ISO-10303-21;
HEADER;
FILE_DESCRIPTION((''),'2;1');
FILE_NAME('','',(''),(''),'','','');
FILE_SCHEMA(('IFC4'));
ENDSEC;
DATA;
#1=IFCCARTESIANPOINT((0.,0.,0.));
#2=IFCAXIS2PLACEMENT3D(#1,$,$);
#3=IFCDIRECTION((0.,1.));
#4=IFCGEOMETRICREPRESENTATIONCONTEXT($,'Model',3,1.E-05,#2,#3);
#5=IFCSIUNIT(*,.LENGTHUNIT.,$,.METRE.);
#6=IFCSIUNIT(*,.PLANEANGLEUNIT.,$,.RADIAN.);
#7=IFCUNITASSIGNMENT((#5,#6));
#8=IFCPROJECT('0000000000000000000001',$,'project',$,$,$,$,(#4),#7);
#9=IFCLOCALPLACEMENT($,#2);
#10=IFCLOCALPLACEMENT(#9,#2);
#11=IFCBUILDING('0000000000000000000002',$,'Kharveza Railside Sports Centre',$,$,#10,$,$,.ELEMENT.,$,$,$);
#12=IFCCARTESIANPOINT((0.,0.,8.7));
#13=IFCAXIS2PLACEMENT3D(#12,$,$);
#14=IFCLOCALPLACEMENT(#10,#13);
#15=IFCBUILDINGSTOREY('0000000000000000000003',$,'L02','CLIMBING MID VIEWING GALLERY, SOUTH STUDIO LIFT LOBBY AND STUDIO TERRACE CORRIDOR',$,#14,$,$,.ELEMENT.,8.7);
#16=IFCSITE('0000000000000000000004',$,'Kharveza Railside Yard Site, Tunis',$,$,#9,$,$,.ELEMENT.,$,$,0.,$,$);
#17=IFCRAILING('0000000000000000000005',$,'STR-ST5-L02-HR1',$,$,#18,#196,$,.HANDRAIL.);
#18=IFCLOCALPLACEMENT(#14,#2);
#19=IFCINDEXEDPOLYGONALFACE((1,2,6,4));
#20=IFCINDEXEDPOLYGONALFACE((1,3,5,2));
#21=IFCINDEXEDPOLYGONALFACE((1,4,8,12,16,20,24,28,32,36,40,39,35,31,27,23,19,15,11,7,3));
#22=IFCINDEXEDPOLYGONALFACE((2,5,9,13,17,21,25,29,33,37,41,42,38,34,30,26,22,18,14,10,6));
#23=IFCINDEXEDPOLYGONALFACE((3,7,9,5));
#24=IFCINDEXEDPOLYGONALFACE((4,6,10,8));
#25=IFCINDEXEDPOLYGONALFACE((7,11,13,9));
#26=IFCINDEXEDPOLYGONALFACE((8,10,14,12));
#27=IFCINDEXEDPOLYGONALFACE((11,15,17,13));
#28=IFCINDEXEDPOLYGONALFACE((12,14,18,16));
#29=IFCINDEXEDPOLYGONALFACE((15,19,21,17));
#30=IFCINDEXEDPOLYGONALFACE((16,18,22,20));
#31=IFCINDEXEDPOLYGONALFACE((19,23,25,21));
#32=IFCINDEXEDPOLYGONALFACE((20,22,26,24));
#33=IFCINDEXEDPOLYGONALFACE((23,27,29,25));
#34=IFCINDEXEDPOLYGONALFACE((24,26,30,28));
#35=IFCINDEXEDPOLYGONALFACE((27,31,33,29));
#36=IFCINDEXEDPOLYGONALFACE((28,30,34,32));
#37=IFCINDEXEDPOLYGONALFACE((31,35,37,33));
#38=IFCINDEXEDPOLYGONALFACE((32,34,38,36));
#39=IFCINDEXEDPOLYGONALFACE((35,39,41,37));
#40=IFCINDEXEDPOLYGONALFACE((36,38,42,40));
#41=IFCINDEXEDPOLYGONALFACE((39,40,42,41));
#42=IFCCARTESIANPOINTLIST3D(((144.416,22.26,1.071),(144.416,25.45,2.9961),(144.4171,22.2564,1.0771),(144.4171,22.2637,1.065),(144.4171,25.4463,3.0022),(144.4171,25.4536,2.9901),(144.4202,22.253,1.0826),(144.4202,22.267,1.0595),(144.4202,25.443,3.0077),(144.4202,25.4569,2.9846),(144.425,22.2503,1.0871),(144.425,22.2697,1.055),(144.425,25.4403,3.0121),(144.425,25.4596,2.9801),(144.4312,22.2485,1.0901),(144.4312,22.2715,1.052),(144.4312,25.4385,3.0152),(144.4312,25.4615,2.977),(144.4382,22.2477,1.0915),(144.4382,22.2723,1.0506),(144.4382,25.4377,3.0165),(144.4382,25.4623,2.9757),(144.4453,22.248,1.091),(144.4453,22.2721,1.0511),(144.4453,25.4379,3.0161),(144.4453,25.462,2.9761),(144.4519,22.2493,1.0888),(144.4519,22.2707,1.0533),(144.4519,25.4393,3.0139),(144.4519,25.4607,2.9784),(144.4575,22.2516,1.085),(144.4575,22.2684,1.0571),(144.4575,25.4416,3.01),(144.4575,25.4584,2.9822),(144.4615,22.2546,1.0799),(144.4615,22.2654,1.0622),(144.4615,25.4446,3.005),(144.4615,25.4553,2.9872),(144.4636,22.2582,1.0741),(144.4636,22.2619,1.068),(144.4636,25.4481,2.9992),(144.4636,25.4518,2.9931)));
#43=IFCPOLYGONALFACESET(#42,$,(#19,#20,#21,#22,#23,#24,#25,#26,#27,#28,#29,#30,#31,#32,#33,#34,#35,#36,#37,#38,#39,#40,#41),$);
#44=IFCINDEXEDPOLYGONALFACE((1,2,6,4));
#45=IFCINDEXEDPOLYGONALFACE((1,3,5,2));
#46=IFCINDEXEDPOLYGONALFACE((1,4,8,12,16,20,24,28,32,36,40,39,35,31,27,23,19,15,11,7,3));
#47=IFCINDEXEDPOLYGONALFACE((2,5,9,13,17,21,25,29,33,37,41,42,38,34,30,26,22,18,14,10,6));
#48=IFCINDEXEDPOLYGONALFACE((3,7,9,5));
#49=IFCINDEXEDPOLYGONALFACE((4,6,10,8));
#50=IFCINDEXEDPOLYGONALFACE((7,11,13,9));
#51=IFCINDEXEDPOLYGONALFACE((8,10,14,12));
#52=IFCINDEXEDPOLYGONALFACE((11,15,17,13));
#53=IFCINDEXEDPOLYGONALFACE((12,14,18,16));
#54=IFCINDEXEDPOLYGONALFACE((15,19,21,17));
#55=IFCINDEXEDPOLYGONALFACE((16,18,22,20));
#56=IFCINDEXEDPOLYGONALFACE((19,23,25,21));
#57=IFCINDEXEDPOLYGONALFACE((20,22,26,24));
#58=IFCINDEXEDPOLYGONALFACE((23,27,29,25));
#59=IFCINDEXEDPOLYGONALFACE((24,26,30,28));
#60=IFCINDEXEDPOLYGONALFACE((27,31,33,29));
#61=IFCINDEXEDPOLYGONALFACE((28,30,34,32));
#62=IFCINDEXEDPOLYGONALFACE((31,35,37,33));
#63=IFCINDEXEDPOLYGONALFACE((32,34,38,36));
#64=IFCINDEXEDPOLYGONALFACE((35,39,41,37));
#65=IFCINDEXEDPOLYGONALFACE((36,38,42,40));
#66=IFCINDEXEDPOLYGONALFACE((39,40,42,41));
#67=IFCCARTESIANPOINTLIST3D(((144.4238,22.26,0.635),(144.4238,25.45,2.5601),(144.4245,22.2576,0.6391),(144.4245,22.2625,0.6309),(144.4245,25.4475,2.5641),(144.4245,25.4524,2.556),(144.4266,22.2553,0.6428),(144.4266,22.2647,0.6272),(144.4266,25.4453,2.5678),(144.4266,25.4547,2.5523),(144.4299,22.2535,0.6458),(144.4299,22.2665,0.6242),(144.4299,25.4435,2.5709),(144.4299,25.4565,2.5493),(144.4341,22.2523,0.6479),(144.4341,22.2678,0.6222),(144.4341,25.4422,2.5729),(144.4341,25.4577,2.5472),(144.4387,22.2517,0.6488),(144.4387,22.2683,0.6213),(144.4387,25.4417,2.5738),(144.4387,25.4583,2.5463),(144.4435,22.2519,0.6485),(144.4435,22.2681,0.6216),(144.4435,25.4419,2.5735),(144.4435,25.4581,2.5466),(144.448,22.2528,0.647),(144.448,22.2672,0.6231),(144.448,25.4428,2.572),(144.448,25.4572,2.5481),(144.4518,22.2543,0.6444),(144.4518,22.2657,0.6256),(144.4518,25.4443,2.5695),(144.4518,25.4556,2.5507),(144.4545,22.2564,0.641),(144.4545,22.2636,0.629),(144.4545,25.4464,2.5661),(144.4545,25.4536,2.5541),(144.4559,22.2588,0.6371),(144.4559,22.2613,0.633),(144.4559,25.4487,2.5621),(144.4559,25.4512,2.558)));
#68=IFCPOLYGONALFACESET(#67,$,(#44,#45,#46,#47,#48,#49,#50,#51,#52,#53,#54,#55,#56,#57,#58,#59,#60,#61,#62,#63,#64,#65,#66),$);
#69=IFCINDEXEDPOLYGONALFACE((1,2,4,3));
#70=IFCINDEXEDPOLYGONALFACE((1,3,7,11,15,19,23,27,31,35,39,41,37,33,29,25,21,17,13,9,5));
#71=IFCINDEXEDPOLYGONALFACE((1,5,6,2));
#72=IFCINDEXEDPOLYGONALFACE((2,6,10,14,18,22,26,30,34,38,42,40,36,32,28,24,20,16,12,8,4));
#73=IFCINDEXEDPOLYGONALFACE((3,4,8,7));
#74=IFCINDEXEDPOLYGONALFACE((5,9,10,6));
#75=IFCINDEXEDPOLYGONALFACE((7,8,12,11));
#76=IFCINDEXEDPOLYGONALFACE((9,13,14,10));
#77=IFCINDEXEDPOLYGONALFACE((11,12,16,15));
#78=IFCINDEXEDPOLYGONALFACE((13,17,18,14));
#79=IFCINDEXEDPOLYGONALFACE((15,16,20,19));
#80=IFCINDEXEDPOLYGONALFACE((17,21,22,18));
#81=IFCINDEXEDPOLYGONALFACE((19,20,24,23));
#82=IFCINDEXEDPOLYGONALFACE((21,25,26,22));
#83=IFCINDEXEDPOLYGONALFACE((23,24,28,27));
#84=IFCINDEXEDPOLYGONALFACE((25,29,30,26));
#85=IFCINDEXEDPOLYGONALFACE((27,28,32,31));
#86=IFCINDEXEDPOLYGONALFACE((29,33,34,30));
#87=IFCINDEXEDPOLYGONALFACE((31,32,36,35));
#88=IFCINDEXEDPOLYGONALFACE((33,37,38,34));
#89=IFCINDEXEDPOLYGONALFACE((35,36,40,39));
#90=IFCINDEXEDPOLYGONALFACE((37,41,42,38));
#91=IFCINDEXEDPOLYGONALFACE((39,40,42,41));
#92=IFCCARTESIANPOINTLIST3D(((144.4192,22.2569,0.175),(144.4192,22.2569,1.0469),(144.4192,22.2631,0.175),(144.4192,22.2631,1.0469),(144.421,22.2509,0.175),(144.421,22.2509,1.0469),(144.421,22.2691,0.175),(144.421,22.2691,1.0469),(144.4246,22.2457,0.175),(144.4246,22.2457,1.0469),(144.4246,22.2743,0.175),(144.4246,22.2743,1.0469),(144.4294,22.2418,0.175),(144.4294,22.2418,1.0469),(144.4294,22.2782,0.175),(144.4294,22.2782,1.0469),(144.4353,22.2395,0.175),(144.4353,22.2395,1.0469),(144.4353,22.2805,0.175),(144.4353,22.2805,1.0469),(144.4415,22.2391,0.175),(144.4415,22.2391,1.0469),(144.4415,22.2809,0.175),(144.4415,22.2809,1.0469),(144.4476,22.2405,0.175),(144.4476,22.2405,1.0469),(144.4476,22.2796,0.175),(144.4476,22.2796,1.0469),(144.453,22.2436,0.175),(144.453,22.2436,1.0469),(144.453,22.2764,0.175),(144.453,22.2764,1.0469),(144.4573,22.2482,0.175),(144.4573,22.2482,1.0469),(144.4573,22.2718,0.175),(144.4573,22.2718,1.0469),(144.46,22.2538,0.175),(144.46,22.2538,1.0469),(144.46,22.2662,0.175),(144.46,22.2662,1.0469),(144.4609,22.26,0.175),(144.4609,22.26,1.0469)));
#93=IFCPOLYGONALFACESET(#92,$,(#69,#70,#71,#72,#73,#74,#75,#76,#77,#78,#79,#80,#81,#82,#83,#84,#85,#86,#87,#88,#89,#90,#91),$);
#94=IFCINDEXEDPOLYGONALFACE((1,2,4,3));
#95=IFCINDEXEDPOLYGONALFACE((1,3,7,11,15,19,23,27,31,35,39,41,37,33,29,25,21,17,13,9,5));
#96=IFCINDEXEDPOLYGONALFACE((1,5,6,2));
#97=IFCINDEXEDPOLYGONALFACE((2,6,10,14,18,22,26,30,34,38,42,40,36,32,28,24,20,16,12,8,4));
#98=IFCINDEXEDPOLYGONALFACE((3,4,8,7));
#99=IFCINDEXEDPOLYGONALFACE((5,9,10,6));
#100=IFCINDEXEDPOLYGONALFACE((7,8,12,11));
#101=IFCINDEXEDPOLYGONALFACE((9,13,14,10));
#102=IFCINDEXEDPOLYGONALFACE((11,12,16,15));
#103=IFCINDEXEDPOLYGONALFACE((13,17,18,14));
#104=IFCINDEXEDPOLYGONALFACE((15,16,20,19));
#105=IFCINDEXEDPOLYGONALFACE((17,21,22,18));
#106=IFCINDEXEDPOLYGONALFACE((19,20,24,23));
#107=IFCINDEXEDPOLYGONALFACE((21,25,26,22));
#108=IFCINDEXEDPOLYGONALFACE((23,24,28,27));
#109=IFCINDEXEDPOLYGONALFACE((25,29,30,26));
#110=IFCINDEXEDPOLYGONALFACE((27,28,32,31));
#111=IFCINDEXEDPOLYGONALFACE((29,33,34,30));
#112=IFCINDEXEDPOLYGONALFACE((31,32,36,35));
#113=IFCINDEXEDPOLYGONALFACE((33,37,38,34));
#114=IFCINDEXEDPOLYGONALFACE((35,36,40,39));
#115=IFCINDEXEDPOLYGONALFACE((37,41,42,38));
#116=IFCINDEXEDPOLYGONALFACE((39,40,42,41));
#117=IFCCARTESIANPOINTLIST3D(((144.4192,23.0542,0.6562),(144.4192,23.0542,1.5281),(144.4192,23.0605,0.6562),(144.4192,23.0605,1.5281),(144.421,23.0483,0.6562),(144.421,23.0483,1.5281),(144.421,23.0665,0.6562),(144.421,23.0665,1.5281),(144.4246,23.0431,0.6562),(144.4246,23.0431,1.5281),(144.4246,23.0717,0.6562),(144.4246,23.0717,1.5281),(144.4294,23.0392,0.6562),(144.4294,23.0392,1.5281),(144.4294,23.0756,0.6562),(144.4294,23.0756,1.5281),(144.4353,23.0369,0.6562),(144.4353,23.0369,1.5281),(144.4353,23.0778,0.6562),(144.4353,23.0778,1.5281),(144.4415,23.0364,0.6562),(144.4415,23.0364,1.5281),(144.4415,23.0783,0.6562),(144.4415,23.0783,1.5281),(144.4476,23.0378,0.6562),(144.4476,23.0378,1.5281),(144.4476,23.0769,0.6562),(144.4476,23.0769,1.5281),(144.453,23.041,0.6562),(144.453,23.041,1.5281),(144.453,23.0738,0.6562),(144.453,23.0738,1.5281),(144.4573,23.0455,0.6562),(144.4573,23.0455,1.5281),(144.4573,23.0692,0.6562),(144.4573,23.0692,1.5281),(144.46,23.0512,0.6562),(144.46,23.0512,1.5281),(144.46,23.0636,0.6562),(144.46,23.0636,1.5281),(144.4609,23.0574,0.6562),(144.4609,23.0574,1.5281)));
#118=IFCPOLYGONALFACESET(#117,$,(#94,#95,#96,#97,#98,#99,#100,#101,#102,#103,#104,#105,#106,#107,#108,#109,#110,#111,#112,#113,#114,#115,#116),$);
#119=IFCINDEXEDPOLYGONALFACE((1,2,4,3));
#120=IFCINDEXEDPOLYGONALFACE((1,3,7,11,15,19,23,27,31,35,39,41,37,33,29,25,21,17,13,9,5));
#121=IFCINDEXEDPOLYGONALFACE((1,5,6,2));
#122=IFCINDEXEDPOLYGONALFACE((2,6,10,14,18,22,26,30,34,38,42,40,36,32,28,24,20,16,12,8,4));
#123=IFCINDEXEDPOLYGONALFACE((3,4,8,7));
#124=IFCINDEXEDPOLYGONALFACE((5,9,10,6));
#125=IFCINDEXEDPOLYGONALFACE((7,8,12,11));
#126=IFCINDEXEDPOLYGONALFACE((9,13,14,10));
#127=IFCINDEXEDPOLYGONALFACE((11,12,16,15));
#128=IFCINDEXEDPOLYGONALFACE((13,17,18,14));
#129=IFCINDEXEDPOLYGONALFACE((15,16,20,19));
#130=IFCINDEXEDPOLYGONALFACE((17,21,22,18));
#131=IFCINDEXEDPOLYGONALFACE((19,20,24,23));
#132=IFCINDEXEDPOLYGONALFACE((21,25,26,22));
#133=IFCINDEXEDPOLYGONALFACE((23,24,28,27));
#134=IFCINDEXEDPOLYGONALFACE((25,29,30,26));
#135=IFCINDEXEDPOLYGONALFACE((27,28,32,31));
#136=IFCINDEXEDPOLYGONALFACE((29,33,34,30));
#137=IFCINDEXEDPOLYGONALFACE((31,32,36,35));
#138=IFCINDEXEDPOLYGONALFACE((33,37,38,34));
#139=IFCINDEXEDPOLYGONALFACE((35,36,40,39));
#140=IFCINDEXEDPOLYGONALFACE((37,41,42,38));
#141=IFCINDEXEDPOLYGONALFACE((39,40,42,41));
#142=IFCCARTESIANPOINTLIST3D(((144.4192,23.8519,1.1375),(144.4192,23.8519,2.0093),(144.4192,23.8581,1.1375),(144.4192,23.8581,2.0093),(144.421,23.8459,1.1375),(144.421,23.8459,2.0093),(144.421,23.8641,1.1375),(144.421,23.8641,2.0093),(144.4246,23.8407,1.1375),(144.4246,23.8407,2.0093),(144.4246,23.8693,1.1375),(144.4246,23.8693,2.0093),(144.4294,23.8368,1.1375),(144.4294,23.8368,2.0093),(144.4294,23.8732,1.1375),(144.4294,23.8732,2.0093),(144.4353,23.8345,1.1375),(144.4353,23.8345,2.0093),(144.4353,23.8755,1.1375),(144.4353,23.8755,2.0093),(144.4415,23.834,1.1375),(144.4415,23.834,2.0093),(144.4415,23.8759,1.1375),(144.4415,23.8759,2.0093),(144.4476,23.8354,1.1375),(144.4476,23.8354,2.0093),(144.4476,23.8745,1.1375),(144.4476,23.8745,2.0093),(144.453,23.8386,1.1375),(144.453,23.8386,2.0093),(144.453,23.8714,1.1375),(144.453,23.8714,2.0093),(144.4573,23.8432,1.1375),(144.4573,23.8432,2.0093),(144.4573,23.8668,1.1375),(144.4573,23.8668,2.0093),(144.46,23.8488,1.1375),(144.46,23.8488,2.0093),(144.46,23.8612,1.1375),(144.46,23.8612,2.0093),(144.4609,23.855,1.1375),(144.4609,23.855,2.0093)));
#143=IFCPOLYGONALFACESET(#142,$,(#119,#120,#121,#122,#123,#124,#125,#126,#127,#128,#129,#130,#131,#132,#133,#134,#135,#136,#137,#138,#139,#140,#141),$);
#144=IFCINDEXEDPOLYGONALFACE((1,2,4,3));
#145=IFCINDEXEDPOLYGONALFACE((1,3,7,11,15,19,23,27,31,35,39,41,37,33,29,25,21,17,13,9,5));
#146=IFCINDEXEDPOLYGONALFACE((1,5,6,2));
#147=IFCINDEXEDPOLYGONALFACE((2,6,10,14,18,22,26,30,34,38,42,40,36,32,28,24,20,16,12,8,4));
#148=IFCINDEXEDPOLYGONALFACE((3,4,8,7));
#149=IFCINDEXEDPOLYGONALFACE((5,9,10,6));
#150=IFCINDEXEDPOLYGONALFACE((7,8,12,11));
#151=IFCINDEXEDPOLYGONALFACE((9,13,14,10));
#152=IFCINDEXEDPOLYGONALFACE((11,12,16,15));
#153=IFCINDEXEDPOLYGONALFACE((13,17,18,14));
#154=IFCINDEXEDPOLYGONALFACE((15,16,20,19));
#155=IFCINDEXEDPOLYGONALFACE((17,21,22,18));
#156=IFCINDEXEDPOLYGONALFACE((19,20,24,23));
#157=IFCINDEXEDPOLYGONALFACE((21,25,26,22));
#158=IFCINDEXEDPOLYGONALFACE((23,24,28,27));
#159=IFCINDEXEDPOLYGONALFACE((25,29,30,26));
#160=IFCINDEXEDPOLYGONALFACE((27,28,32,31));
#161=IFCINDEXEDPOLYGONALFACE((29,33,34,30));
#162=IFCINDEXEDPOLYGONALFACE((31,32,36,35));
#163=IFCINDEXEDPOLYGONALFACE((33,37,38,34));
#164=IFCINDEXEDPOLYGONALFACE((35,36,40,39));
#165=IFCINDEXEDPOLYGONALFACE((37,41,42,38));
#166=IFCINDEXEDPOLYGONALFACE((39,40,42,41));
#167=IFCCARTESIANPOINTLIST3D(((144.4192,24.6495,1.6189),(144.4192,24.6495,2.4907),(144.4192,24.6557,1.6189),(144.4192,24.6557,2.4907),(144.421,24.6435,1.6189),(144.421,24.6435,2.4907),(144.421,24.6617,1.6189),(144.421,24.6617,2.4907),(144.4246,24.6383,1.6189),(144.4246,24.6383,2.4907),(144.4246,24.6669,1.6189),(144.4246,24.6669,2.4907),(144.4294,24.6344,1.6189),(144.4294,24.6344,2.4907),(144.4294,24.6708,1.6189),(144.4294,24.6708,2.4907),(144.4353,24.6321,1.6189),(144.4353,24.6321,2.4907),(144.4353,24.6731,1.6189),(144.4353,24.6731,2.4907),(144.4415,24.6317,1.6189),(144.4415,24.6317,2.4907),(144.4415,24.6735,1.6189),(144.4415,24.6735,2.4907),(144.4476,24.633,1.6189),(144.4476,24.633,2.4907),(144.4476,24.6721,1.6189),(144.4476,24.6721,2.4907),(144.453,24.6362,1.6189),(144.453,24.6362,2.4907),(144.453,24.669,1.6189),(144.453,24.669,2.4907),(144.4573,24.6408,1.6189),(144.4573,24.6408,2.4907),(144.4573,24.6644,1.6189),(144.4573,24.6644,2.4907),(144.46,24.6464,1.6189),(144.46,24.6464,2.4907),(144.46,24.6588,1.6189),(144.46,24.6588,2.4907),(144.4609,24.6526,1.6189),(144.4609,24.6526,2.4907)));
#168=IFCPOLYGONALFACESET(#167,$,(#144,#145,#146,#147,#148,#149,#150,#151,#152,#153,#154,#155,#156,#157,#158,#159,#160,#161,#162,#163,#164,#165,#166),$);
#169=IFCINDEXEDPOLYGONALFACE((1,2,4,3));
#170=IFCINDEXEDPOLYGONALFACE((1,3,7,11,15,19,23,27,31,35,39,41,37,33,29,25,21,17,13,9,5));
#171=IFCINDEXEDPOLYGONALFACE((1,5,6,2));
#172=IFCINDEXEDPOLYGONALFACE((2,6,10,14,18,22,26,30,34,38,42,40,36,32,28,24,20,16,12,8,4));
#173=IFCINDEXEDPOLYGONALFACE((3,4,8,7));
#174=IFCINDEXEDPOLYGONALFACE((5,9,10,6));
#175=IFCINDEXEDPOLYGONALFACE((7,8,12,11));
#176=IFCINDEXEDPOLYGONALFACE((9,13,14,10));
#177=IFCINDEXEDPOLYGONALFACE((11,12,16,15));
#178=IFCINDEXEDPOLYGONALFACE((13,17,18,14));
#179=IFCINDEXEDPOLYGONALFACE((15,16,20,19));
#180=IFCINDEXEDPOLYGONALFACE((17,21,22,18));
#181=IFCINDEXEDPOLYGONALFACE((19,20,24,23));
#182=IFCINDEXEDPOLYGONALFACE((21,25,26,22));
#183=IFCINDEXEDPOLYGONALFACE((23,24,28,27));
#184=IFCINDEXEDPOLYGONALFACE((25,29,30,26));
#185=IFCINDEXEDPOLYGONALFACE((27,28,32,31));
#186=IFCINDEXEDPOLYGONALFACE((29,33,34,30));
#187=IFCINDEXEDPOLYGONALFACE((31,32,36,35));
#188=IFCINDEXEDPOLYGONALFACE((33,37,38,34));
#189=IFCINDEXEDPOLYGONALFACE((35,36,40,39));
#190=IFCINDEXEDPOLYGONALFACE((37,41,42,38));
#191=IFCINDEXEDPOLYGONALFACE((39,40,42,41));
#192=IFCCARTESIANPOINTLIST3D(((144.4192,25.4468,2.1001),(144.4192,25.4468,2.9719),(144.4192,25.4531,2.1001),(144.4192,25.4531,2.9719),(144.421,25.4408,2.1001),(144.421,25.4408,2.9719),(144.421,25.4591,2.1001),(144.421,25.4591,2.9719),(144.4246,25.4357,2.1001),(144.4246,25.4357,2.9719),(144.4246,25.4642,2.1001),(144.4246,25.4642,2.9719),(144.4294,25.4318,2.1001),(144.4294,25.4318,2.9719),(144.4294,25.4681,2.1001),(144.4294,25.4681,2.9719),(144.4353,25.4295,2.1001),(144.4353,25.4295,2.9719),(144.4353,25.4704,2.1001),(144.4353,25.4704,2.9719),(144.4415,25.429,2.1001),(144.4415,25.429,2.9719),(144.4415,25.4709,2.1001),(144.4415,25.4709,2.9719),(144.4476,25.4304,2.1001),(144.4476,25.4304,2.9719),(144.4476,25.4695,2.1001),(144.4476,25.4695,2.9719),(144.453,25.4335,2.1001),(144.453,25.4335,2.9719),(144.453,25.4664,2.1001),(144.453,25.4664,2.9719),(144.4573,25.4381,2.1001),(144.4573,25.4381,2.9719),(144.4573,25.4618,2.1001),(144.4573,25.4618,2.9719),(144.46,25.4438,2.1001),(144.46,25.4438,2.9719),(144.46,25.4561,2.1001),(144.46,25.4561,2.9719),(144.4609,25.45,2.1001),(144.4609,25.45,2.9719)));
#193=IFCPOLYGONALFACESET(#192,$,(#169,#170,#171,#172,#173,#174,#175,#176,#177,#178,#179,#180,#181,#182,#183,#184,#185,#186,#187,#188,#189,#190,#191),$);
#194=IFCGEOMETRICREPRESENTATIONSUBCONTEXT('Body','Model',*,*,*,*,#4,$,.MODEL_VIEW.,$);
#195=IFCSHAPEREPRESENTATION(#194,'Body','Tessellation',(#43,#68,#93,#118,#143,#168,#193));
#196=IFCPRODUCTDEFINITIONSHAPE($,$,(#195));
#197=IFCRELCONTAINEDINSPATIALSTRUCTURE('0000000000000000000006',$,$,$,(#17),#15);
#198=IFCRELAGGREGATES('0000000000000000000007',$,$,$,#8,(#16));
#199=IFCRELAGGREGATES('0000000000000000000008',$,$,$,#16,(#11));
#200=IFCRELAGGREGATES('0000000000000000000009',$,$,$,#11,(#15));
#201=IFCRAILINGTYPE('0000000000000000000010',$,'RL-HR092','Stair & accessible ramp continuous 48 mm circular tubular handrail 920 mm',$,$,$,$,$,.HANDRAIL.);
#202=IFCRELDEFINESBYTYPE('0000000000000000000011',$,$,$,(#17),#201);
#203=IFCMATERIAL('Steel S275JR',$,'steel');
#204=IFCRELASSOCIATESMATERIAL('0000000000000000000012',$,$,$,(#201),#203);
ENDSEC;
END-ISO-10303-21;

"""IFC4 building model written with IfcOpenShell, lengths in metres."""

from ifc_helpers import new_model, si_unit, direction, frame, origin, origin_2d, place, context, subcontext, project, spatial, circle, extrude, material, type_object, element, save


model = new_model("IFC4")

# Units and contexts
model_context = context("Model", 3, precision=1e-05, world=origin(), true_north=direction((0.0, 1.0)))
body_context = subcontext(model_context, "Body", "Model", "MODEL_VIEW")
ifc_project = project(units=[si_unit("LENGTHUNIT", "METRE"), si_unit("PLANEANGLEUNIT", "RADIAN")], contexts=[model_context])

# Site, building, storey
site_placement = place(None, origin())
site = spatial("IfcSite", under=ifc_project, at=site_placement, Name="Kharveza Railside Yard Site, Tunis", CompositionType="ELEMENT", RefElevation=0.0)
building_placement = place(site_placement, origin())
building = spatial("IfcBuilding", under=site, at=building_placement, Name="Kharveza Railside Sports Centre", CompositionType="ELEMENT")
storey_placement = place(building_placement, frame((0.0, 0.0, 8.7)))
storey = spatial("IfcBuildingStorey", under=building, at=storey_placement, Name="L02", Description="CLIMBING MID VIEWING GALLERY, SOUTH STUDIO LIFT LOBBY AND STUDIO TERRACE CORRIDOR", CompositionType="ELEMENT", Elevation=8.7)

# Railing
ifc_material_1 = material(Name="Steel S275JR", Category="steel")
railing_type_1 = type_object("IfcRailingType", Name="RL-HR092", Description="Stair & accessible ramp continuous 48 mm circular tubular handrail 920 mm", PredefinedType="HANDRAIL", material=ifc_material_1)
railing_1_placement = place(storey_placement, frame((144.4399, 22.26, 0.175)))
element("IfcRailing", 1, at=railing_1_placement, inside=storey, type_object=railing_type_1, Name="STR-ST5-L02-HR1", PredefinedType="HANDRAIL", context=body_context, shape_type="SweptSolid", body=[
    extrude(circle(Radius=0.0239, at=origin_2d()), frame((0.0, 0.0, 0.896), z_axis=(0.0, 0.856178, 0.516682), x_axis=(-1.0, 0.0, 0.0)), (0.0, 0.0, 1.0), 3.7258),
    extrude(circle(Radius=0.0161, at=origin_2d()), frame((0.0, 0.0, 0.46), z_axis=(0.0, 0.856178, 0.516682), x_axis=(-1.0, 0.0, 0.0)), (0.0, 0.0, 1.0), 3.7258),
    extrude(circle(Radius=0.021, at=origin_2d()), origin(), (0.0, 0.0, 1.0), 0.8718),
    extrude(circle(Radius=0.021, at=origin_2d()), frame((0.0, 0.7974, 0.4812)), (0.0, 0.0, 1.0), 0.8718),
    extrude(circle(Radius=0.021, at=origin_2d()), frame((0.0, 1.595, 0.9624)), (0.0, 0.0, 1.0), 0.8718),
    extrude(circle(Radius=0.021, at=origin_2d()), frame((0.0, 2.3926, 1.4438)), (0.0, 0.0, 1.0), 0.8718),
    extrude(circle(Radius=0.021, at=origin_2d()), frame((0.0, 3.1899, 1.925)), (0.0, 0.0, 1.0), 0.8718),
])

save(model, "model.ifc")
